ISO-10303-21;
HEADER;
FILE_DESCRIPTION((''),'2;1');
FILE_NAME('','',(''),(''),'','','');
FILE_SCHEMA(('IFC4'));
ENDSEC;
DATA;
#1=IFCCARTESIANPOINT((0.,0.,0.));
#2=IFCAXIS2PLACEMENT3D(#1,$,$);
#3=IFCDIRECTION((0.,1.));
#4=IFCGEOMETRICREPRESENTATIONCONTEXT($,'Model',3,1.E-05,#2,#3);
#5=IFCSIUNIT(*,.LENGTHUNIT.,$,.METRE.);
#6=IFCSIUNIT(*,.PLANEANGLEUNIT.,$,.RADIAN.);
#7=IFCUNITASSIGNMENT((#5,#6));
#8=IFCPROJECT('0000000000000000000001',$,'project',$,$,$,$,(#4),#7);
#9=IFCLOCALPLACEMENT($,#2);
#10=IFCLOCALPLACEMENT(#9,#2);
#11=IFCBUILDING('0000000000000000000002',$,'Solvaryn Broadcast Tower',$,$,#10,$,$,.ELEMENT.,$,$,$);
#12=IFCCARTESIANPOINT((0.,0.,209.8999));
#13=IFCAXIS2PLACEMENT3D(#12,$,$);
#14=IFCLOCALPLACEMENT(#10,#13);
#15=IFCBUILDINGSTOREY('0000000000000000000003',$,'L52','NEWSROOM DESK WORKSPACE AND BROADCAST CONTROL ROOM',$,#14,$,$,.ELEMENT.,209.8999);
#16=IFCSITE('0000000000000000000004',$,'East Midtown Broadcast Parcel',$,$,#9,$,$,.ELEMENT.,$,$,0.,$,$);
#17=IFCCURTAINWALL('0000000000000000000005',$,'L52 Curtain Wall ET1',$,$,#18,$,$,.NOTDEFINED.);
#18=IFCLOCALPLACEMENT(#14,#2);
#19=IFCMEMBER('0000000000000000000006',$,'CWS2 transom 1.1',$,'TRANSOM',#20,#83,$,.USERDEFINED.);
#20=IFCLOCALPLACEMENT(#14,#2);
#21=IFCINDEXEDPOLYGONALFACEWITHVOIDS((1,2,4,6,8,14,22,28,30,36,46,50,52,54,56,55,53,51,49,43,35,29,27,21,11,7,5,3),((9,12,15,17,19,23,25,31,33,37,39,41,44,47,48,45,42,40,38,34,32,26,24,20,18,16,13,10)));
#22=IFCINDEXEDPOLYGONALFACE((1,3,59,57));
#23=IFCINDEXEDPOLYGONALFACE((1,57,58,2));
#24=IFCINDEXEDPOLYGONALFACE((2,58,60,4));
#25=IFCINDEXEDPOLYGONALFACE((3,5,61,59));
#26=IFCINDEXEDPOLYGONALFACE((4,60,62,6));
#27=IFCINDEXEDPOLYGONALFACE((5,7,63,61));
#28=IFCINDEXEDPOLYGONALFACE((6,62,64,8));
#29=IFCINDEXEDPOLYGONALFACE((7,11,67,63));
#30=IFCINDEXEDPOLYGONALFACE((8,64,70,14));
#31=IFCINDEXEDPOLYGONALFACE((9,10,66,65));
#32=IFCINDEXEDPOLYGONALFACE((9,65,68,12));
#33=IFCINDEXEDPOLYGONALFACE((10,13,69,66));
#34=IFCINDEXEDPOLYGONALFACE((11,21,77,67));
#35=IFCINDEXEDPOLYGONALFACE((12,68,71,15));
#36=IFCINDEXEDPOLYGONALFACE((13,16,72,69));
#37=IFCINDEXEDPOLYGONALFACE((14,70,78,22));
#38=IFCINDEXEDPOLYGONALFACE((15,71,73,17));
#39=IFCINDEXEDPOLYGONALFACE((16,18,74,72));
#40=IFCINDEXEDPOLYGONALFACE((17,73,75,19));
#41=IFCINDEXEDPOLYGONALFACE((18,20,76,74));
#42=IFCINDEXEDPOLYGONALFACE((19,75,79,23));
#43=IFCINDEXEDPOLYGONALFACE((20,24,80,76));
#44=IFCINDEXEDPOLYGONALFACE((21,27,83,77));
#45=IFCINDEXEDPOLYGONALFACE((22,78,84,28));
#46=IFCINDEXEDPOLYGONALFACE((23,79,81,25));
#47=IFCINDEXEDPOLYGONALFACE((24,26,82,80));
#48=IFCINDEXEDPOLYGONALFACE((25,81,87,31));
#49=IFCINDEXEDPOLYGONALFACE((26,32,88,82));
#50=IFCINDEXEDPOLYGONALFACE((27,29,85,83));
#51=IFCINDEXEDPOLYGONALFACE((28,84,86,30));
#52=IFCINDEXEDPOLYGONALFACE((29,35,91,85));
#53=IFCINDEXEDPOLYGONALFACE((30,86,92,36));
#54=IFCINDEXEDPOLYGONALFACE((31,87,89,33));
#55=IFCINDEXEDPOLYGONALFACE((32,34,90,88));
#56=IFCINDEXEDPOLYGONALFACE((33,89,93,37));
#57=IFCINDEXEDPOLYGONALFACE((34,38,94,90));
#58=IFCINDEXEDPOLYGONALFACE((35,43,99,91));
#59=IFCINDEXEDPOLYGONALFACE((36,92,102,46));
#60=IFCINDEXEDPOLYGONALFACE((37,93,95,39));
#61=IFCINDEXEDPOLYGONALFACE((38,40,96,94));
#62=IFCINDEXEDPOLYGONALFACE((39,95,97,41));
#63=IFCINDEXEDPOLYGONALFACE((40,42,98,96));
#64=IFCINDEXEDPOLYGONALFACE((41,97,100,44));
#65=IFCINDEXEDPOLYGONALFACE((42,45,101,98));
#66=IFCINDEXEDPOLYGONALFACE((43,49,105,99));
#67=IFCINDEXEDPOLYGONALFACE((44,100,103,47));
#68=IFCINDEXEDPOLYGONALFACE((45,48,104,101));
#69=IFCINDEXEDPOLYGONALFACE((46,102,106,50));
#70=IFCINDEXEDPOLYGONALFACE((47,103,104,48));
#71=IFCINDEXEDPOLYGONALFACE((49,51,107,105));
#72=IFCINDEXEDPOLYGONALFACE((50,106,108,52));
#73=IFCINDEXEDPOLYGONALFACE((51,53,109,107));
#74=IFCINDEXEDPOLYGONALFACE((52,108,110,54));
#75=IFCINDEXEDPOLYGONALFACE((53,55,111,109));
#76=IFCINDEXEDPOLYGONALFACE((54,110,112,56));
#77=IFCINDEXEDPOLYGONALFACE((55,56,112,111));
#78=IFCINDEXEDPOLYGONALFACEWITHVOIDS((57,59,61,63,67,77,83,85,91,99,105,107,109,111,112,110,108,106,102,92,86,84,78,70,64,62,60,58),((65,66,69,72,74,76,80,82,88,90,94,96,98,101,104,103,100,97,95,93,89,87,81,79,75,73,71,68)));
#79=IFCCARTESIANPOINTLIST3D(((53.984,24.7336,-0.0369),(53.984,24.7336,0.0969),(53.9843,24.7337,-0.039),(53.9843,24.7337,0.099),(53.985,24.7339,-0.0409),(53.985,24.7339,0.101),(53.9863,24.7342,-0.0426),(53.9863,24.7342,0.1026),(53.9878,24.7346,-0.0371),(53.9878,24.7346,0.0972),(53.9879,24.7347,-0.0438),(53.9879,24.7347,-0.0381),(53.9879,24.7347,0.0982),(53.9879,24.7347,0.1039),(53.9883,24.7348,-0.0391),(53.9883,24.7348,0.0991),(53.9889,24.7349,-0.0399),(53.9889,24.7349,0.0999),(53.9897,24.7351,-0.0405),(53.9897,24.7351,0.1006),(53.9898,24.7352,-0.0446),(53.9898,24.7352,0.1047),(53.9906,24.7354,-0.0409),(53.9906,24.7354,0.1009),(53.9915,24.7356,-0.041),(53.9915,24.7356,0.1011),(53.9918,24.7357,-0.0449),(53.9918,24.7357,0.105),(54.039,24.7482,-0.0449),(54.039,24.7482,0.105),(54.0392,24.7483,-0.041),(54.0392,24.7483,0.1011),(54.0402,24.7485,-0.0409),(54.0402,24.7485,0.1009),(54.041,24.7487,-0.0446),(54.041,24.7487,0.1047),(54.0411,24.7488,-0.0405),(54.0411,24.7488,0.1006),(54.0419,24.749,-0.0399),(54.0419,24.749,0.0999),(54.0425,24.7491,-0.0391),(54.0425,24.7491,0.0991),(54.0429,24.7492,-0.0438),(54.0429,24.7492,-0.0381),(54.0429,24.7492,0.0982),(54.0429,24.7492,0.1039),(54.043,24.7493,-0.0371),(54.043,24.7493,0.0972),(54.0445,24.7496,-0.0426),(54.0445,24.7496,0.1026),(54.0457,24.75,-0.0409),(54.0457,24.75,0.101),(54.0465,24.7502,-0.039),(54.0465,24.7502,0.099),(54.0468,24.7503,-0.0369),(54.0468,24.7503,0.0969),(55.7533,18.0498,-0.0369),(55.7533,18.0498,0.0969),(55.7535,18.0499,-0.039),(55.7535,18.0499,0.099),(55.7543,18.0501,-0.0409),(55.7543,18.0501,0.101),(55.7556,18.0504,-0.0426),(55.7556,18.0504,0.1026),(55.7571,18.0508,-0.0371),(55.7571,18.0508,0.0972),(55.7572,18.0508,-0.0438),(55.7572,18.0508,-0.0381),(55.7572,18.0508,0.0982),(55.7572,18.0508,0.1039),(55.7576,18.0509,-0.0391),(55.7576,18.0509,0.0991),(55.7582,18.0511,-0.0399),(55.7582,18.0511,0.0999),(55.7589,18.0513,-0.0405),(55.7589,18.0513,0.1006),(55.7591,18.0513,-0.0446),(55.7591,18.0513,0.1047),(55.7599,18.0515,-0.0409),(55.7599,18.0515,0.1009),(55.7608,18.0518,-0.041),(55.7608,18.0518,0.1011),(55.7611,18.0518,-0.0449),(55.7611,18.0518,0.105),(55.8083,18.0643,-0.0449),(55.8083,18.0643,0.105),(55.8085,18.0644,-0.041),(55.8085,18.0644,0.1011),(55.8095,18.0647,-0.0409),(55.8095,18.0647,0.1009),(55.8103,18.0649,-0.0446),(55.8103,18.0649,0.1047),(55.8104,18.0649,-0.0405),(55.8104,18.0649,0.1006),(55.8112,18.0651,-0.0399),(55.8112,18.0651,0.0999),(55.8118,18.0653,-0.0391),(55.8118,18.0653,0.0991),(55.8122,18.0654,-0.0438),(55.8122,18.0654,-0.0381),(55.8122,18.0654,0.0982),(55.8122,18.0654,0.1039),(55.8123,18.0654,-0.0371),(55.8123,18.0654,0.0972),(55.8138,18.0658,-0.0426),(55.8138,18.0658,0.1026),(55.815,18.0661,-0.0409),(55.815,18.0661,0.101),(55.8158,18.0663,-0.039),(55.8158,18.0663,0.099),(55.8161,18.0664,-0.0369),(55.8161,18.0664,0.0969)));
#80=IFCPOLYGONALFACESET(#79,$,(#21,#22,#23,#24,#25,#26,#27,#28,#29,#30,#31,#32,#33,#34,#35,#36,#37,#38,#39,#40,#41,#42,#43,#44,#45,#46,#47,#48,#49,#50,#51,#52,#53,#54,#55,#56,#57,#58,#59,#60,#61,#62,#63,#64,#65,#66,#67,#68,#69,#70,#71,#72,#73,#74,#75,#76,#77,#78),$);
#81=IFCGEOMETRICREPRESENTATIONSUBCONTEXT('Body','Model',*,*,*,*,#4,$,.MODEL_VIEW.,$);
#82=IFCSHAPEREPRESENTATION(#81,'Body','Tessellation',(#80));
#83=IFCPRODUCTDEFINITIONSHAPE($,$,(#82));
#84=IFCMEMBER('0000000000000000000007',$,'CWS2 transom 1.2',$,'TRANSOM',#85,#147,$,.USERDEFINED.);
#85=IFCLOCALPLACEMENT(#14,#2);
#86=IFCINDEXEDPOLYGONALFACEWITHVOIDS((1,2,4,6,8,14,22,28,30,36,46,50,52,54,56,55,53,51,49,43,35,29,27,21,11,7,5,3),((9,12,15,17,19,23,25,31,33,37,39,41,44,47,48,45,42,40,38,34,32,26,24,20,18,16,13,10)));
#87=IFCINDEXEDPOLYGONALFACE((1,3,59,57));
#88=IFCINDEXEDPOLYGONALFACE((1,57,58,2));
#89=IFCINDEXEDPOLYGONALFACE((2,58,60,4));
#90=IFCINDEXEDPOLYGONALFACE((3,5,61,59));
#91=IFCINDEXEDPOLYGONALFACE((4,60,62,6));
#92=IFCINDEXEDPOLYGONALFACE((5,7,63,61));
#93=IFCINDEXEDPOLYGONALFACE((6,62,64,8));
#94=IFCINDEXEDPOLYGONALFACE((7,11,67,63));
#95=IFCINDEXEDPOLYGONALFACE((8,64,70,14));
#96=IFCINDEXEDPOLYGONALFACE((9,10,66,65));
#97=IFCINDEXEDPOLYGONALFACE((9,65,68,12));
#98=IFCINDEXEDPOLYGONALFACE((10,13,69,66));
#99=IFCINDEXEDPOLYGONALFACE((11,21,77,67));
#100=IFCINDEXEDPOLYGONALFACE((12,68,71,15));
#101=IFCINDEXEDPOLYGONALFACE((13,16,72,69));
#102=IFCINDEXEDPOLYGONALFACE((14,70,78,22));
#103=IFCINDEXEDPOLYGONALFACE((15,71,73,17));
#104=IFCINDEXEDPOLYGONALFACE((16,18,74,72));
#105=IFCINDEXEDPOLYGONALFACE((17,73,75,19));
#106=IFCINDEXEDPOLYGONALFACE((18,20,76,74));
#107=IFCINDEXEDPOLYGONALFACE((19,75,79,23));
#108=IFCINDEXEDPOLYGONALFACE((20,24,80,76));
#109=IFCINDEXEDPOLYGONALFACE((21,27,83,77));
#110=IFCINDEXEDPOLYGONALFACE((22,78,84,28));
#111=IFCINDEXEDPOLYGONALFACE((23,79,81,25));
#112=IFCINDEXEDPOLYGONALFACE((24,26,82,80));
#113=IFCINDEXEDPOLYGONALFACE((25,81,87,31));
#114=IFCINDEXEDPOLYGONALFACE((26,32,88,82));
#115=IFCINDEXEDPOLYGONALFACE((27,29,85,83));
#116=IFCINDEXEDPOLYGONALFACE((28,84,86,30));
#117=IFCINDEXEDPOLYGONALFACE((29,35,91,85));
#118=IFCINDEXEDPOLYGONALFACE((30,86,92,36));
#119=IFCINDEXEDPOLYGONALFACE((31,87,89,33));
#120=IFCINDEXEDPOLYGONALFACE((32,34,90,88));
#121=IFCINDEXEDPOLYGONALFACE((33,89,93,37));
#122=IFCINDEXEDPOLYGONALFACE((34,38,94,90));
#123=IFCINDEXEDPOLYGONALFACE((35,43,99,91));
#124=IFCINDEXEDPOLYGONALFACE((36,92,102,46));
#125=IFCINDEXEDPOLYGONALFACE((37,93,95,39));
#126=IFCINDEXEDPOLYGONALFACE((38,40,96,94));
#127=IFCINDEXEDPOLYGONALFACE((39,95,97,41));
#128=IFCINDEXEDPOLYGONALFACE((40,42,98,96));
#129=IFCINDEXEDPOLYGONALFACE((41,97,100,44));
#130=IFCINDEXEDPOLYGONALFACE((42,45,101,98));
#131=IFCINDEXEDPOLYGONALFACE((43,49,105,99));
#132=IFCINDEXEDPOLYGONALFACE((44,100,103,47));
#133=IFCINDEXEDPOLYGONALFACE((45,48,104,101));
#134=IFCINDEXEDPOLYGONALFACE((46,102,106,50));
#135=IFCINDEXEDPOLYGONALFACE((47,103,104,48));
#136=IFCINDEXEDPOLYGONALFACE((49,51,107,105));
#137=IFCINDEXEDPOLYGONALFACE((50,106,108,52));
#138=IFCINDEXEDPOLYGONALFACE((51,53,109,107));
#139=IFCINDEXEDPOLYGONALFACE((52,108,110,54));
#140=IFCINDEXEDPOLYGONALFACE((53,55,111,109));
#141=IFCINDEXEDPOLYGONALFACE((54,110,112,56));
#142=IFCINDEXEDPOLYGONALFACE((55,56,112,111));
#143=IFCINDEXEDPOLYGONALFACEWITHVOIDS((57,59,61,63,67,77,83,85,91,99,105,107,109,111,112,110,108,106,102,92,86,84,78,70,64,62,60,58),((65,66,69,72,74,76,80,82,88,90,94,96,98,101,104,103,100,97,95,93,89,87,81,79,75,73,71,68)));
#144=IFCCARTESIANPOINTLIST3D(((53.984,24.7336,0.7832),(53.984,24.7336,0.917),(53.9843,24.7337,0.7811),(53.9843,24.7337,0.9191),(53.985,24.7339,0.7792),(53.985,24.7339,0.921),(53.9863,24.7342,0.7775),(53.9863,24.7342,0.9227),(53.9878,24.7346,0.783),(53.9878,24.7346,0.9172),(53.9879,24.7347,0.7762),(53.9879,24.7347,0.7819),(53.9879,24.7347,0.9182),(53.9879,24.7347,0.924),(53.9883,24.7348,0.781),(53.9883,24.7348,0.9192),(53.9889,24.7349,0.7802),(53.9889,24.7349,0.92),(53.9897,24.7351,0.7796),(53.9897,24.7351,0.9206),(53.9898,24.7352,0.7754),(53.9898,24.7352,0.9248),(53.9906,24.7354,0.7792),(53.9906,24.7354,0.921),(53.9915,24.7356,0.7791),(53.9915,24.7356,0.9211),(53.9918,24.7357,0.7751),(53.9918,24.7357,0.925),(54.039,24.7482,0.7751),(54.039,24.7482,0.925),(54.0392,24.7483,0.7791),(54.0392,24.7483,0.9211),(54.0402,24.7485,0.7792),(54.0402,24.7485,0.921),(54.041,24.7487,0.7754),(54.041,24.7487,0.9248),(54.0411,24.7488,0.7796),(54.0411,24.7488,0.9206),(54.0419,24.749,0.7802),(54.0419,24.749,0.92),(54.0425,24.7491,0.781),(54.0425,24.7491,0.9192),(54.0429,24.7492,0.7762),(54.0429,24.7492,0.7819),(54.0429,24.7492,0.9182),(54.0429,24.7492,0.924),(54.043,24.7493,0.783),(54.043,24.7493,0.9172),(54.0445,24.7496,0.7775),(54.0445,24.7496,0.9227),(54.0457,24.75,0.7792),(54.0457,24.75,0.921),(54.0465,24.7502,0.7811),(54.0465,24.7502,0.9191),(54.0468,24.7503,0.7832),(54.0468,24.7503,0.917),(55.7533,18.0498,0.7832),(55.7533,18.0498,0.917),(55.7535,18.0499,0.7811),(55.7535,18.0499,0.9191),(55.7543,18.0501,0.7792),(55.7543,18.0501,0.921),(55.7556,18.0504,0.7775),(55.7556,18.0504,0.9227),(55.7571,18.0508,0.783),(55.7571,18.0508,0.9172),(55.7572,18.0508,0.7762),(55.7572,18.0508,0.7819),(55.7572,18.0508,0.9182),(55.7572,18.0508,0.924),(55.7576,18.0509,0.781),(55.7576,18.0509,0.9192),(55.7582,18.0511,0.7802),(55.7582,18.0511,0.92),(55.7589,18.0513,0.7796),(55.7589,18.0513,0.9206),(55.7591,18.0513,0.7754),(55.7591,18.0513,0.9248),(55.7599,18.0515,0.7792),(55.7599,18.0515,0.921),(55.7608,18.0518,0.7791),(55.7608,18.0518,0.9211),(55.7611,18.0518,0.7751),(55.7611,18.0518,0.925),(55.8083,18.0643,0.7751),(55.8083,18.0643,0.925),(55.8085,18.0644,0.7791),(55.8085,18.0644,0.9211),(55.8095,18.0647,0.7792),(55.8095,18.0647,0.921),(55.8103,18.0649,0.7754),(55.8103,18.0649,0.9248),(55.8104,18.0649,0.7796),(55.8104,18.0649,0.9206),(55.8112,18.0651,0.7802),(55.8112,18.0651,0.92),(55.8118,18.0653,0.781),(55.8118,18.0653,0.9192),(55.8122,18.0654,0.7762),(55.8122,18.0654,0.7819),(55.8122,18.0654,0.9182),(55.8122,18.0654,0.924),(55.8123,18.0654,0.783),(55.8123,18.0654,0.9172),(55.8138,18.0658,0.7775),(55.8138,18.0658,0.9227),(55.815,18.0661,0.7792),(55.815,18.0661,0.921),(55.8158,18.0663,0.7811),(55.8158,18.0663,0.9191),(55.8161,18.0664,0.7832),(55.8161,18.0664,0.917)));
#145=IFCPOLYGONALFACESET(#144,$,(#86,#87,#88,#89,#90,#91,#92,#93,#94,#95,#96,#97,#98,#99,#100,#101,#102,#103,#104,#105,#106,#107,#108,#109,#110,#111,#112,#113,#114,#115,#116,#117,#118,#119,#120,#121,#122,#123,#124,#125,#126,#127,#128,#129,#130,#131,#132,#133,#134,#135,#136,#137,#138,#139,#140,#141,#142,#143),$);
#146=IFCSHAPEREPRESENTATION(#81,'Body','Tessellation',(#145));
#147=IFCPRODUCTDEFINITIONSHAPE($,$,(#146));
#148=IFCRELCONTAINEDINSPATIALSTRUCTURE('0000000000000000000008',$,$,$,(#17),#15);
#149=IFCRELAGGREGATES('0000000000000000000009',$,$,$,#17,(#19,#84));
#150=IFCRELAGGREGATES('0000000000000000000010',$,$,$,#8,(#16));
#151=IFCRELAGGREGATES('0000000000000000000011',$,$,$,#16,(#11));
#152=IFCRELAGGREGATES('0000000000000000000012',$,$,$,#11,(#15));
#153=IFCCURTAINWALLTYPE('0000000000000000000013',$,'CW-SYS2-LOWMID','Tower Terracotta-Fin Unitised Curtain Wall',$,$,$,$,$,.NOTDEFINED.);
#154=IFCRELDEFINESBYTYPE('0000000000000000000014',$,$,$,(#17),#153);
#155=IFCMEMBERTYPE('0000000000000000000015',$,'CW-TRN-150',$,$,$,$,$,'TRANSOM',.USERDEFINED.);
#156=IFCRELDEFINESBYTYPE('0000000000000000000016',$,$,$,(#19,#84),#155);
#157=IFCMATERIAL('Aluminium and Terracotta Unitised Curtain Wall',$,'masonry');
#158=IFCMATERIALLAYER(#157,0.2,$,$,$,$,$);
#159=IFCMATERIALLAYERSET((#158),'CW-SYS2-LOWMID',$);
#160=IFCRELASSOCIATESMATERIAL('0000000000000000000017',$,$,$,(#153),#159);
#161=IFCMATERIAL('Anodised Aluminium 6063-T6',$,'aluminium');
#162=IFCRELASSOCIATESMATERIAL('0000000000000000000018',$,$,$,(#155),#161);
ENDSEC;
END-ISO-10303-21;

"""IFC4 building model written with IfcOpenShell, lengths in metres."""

from ifc_helpers import new_model, si_unit, direction, frame, origin, origin_2d, place, context, subcontext, project, spatial, hollow_rectangle, extrude, material, layer, layer_set, material_profile, profile_set, type_object, element, aggregate, save


model = new_model("IFC4")

# Units and contexts
model_context = context("Model", 3, precision=1e-05, world=origin(), true_north=direction((0.0, 1.0)))
body_context = subcontext(model_context, "Body", "Model", "MODEL_VIEW")
ifc_project = project(units=[si_unit("LENGTHUNIT", "METRE"), si_unit("PLANEANGLEUNIT", "RADIAN")], contexts=[model_context])

# Site, building, storey
site_placement = place(None, origin())
site = spatial("IfcSite", under=ifc_project, at=site_placement, Name="East Midtown Broadcast Parcel", CompositionType="ELEMENT", RefElevation=0.0)
building_placement = place(site_placement, origin())
building = spatial("IfcBuilding", under=site, at=building_placement, Name="Solvaryn Broadcast Tower", CompositionType="ELEMENT")
storey_placement = place(building_placement, frame((0.0, 0.0, 209.8999)))
storey = spatial("IfcBuildingStorey", under=building, at=storey_placement, Name="L52", Description="NEWSROOM DESK WORKSPACE AND BROADCAST CONTROL ROOM", CompositionType="ELEMENT", Elevation=209.8999)

# Curtain wall
ifc_material_1 = material(Name="Aluminium and Terracotta Unitised Curtain Wall", Category="masonry")
ifc_layer_1 = layer(ifc_material_1, 0.2)
ifc_layer_set_1 = layer_set([ifc_layer_1], Name="CW-SYS2-LOWMID")
curtain_wall_type = type_object("IfcCurtainWallType", Name="CW-SYS2-LOWMID", Description="Tower Terracotta-Fin Unitised Curtain Wall", PredefinedType="NOTDEFINED", material=ifc_layer_set_1)
curtain_wall_1_placement = place(storey_placement, origin())
curtain_wall_1 = element("IfcCurtainWall", 1, at=curtain_wall_1_placement, inside=storey, type_object=curtain_wall_type, Name="L52 Curtain Wall ET1", PredefinedType="NOTDEFINED")

# Members
ifc_material_2 = material(Name="Anodised Aluminium 6063-T6", Category="aluminium")
ifc_material_profile_1 = material_profile(ifc_material_2, hollow_rectangle(XDim=0.0649, YDim=0.1499, WallThickness=0.0039, InnerFilletRadius=0.0039, OuterFilletRadius=0.0081, at=origin_2d()))
ifc_profile_set_1 = profile_set([ifc_material_profile_1], Name="Anodised Aluminium 6063-T6")
member_type_1 = type_object("IfcMemberType", Name="CW-TRN-150", ElementType="TRANSOM", PredefinedType="USERDEFINED", material=ifc_profile_set_1)
member_1_placement = place(storey_placement, frame((54.0154, 24.7419, 0.03), z_axis=(0.255897, -0.966704, 0.0), x_axis=(0.966704, 0.255897, 0.0)))
member_1 = element("IfcMember", 2, at=member_1_placement, type_object=member_type_1, Name="CWS2 transom 1.1", ObjectType="TRANSOM", PredefinedType="USERDEFINED", context=body_context, shape_type="SweptSolid", body=[
    extrude(hollow_rectangle(XDim=0.0649, YDim=0.1499, WallThickness=0.0039, InnerFilletRadius=0.0039, OuterFilletRadius=0.0081, at=origin_2d()), origin(), (0.0, 0.0, 1.0), 6.9141),
])
member_2_placement = place(storey_placement, frame((54.0154, 24.7419, 0.8501), z_axis=(0.255897, -0.966704, 0.0), x_axis=(0.966704, 0.255897, 0.0)))
member_2 = element("IfcMember", 3, at=member_2_placement, type_object=member_type_1, Name="CWS2 transom 1.2", ObjectType="TRANSOM", PredefinedType="USERDEFINED", context=body_context, shape_type="SweptSolid", body=[
    extrude(hollow_rectangle(XDim=0.0649, YDim=0.1499, WallThickness=0.0039, InnerFilletRadius=0.0039, OuterFilletRadius=0.0081, at=origin_2d()), origin(), (0.0, 0.0, 1.0), 6.9141),
])

aggregate(curtain_wall_1, [member_1, member_2])

save(model, "model.ifc")
